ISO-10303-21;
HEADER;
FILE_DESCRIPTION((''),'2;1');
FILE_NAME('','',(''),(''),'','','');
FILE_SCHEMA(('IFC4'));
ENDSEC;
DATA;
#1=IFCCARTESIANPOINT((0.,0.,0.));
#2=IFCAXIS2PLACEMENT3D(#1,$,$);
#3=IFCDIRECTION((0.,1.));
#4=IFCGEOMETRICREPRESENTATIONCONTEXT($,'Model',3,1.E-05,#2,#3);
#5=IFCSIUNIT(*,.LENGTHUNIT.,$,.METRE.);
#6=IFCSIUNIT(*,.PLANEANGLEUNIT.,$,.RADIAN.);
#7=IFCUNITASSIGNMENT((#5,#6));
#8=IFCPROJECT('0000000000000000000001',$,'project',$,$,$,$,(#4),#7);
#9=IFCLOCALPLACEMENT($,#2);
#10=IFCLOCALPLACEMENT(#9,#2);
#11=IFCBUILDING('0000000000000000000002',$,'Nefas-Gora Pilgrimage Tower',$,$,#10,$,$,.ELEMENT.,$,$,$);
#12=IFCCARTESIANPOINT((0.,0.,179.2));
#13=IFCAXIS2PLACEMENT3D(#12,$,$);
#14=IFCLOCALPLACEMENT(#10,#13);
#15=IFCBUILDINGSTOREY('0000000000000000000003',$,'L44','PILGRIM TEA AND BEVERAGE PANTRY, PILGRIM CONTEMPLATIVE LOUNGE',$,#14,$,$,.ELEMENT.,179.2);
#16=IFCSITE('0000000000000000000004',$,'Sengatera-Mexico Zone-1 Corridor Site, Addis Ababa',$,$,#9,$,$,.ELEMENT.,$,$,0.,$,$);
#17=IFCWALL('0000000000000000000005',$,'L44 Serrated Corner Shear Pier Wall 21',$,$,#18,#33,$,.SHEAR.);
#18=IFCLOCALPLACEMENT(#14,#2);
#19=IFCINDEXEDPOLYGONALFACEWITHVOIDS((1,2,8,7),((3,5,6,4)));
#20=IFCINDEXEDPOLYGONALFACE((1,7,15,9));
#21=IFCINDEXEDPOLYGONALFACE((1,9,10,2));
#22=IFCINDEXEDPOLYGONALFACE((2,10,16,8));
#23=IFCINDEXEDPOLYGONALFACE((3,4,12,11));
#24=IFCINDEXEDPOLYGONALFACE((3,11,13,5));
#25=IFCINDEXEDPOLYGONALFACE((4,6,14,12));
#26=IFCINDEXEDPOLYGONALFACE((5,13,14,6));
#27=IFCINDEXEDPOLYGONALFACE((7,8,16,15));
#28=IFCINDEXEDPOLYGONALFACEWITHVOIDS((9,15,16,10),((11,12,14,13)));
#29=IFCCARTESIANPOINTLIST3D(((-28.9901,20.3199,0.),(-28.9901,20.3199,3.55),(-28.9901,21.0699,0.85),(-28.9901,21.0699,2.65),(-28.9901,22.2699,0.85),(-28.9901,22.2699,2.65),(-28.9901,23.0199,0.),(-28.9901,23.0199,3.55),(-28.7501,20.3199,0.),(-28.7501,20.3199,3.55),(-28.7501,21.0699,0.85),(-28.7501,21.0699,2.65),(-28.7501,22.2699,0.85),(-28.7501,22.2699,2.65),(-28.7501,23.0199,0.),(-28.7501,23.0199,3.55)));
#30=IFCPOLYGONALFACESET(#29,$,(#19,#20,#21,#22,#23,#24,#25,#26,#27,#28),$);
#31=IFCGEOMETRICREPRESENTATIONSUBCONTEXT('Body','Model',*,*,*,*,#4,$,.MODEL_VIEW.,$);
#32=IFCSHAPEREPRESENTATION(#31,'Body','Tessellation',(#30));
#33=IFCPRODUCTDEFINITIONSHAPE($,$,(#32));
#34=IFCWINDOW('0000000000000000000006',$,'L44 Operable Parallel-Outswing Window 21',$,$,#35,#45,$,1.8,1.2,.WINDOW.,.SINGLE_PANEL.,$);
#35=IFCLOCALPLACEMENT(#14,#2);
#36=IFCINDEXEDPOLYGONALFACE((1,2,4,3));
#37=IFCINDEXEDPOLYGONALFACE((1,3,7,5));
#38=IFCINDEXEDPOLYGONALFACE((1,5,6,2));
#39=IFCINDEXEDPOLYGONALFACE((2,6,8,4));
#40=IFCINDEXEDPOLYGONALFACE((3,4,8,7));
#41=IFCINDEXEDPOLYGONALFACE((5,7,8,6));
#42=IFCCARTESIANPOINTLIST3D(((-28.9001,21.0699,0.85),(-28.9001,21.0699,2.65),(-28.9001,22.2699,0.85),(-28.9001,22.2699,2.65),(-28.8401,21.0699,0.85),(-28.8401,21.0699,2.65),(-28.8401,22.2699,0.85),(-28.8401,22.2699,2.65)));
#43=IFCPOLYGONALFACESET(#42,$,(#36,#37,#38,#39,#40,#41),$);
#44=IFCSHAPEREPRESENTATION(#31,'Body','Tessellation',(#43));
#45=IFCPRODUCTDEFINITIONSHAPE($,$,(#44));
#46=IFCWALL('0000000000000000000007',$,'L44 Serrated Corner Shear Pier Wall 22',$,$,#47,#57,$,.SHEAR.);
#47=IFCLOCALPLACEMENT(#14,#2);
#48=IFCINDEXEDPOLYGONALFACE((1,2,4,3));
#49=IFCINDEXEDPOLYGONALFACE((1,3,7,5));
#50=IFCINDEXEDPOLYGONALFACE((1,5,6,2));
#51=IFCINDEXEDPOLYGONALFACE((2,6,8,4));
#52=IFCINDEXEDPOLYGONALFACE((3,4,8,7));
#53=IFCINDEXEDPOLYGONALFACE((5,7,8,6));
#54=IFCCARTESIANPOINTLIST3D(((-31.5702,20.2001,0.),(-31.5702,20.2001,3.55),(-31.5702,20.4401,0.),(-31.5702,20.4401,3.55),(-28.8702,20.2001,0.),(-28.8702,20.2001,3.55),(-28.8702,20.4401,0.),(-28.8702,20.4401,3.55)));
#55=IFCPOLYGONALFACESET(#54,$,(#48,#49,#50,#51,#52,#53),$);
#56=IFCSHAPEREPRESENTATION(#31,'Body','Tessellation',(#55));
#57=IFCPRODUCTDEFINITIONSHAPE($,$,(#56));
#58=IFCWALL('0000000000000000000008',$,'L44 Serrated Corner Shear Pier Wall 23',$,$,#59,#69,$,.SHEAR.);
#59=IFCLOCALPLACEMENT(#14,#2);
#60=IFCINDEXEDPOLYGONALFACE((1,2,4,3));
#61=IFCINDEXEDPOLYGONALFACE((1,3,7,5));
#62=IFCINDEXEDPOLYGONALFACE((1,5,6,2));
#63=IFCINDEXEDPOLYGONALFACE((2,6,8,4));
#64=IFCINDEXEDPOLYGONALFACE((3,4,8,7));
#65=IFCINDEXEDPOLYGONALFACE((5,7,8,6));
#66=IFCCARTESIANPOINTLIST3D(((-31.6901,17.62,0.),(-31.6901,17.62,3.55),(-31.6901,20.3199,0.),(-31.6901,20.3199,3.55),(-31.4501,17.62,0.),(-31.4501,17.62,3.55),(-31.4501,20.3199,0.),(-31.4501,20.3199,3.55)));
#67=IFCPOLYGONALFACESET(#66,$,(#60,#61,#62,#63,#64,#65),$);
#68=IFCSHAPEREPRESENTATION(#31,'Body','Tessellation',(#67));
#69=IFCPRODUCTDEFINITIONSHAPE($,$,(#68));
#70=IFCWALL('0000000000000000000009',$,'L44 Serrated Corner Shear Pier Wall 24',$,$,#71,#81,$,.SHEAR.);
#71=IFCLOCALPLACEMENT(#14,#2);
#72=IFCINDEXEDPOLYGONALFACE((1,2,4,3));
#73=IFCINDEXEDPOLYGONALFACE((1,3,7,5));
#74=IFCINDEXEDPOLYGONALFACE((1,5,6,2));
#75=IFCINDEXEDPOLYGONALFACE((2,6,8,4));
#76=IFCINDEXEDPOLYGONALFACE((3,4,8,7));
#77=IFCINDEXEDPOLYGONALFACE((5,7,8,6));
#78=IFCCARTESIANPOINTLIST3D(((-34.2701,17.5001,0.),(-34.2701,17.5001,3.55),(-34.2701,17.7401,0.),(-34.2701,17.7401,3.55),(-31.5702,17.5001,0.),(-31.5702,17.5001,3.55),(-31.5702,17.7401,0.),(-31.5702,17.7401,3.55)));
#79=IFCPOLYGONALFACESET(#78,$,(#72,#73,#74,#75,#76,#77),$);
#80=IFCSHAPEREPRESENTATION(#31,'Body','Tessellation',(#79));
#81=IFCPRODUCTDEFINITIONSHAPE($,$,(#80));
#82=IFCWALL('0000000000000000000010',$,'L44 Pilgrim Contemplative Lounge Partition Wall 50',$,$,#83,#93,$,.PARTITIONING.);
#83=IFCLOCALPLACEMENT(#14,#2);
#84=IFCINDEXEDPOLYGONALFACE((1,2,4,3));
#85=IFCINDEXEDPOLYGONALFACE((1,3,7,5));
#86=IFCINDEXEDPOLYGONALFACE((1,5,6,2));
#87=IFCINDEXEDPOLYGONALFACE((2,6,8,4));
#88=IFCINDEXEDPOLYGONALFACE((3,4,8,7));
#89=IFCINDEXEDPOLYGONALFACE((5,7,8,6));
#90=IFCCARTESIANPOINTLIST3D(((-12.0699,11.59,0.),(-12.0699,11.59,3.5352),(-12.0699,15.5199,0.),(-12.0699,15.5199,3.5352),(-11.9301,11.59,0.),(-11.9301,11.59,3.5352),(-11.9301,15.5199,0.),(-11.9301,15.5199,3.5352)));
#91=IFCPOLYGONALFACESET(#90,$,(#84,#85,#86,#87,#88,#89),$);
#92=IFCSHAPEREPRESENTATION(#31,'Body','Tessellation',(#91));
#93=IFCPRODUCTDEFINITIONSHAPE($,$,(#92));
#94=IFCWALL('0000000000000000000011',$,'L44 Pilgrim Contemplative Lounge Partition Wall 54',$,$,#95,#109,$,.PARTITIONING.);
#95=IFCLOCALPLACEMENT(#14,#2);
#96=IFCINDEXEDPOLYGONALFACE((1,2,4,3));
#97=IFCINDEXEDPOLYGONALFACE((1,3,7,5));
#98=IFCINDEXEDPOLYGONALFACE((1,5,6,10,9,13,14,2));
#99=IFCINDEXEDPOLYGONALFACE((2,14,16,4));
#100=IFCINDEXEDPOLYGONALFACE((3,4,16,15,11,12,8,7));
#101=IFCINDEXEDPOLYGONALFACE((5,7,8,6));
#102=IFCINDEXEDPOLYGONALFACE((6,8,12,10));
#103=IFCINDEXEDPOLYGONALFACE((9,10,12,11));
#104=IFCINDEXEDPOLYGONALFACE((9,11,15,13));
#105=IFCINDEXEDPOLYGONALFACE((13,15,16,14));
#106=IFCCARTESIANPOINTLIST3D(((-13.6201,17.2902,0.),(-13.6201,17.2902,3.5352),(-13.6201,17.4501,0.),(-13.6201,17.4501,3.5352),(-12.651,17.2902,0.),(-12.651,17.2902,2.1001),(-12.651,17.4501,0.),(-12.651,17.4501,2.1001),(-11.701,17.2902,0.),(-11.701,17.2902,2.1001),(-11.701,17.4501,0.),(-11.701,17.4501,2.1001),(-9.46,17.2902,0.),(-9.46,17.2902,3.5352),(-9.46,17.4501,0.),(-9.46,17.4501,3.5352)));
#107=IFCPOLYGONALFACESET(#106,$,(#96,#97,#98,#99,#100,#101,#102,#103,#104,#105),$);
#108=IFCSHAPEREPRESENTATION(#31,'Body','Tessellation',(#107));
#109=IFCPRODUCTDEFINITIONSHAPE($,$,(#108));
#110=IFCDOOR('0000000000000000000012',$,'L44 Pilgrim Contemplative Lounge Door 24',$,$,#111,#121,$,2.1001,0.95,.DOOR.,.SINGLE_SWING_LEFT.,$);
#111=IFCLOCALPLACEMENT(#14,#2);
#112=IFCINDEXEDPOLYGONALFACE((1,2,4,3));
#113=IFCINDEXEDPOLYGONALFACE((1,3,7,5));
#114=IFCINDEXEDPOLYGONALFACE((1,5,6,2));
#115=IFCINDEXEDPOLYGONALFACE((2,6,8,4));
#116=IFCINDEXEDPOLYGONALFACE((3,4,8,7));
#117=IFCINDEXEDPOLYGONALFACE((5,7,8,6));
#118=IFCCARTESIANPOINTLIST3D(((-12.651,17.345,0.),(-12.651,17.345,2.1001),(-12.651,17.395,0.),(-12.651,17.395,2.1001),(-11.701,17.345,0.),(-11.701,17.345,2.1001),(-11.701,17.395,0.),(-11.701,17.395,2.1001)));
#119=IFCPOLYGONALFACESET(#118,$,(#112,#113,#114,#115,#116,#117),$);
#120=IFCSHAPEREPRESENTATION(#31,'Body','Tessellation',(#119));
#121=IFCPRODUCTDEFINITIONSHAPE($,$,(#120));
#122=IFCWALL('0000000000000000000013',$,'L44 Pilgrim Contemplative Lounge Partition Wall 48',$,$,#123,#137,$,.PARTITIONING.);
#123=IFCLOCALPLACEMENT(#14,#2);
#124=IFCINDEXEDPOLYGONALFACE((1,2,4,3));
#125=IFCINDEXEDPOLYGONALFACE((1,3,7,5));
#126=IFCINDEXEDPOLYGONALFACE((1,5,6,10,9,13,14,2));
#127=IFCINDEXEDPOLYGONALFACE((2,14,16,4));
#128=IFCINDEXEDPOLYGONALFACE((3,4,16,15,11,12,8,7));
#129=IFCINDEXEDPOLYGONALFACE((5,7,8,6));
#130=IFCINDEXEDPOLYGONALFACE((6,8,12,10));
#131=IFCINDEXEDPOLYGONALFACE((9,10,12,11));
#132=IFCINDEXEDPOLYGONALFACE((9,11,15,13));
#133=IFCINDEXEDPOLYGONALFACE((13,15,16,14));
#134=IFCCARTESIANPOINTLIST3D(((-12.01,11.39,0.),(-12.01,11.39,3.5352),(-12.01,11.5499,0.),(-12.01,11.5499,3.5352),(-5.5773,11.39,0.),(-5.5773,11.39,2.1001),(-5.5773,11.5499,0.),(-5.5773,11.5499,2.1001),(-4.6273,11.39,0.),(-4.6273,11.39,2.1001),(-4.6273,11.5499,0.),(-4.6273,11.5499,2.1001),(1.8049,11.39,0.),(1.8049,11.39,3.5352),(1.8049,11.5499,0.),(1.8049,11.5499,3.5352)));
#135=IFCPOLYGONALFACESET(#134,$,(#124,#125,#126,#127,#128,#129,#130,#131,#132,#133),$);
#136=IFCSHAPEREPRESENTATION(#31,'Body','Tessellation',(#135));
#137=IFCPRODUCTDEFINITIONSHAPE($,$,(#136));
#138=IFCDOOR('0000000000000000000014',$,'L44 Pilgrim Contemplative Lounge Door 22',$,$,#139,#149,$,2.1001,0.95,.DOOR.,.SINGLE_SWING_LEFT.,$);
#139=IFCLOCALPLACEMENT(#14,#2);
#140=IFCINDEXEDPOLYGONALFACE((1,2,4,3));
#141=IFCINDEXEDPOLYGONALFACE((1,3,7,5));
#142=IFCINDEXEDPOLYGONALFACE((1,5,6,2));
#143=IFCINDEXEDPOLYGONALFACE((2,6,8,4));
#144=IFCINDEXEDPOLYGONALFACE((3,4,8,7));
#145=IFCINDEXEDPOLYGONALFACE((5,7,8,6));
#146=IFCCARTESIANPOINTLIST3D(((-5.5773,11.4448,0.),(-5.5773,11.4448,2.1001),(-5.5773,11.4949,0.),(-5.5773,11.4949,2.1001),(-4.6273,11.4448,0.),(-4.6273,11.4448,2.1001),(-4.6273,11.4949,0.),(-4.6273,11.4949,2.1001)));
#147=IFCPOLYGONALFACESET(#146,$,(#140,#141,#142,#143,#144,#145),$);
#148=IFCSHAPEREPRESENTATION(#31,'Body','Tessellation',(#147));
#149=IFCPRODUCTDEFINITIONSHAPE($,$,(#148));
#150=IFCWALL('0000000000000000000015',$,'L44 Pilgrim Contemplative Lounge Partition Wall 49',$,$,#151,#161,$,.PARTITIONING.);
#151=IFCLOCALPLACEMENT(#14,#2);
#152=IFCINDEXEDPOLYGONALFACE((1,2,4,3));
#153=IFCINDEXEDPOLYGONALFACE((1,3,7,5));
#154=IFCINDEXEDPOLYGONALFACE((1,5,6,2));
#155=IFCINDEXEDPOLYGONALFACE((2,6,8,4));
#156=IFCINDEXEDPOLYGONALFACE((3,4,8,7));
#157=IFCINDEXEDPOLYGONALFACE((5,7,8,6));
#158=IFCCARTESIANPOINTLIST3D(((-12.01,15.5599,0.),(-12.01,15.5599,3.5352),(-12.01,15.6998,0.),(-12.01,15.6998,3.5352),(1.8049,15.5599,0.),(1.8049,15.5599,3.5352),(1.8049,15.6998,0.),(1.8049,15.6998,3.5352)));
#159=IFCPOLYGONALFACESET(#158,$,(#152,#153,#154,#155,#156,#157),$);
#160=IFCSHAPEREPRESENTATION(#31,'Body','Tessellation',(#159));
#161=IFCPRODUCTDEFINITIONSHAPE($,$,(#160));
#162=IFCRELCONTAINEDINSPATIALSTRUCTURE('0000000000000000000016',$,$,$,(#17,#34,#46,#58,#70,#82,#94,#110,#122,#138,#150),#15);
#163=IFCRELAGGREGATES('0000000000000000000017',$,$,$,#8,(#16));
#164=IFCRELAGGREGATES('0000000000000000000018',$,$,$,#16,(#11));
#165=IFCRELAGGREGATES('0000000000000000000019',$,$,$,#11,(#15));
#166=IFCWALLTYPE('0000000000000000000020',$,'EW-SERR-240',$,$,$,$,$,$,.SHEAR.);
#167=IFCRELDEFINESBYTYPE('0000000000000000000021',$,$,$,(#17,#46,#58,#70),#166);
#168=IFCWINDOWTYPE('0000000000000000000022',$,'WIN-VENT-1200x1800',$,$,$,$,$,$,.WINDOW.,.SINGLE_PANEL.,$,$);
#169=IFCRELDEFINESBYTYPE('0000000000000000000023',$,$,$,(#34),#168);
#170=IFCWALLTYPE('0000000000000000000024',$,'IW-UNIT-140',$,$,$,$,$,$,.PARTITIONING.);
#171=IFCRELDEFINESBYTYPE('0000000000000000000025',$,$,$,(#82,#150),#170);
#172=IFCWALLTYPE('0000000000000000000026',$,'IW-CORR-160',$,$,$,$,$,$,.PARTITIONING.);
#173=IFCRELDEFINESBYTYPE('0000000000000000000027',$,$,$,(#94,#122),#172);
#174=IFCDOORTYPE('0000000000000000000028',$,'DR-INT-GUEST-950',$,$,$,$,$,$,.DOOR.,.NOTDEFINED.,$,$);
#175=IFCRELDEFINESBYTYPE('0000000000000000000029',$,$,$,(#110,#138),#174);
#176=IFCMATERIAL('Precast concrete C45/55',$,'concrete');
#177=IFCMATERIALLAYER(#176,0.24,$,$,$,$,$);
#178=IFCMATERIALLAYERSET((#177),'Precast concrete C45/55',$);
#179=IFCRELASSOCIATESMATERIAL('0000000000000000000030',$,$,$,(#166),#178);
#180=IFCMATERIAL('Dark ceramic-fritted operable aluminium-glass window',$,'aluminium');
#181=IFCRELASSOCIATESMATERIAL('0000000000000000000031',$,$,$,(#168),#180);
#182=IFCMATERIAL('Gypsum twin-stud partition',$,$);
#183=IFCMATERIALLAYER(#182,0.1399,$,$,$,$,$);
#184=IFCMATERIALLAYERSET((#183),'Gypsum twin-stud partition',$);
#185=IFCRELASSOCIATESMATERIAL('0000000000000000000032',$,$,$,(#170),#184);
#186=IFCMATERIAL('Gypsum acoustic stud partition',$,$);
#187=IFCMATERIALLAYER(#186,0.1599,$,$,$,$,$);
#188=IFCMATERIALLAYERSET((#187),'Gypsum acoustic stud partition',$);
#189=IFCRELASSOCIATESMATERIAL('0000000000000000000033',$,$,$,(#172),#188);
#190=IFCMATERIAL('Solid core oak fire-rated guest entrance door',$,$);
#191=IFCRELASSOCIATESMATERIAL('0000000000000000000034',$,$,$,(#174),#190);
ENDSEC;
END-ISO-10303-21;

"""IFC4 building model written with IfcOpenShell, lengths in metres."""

from ifc_helpers import new_model, si_unit, direction, frame, frame_2d, origin, place, context, subcontext, project, spatial, rectangle, extrude, source, transform, mapped, material, layer, layer_set, type_object, element, fill, save


model = new_model("IFC4")

# Units and contexts
model_context = context("Model", 3, precision=1e-05, world=origin(), true_north=direction((0.0, 1.0)))
body_context = subcontext(model_context, "Body", "Model", "MODEL_VIEW")
ifc_project = project(units=[si_unit("LENGTHUNIT", "METRE"), si_unit("PLANEANGLEUNIT", "RADIAN")], contexts=[model_context])

# Site, building, storey
site_placement = place(None, origin())
site = spatial("IfcSite", under=ifc_project, at=site_placement, Name="Sengatera-Mexico Zone-1 Corridor Site, Addis Ababa", CompositionType="ELEMENT", RefElevation=0.0)
building_placement = place(site_placement, origin())
building = spatial("IfcBuilding", under=site, at=building_placement, Name="Nefas-Gora Pilgrimage Tower", CompositionType="ELEMENT")
storey_placement = place(building_placement, frame((0.0, 0.0, 179.2)))
storey = spatial("IfcBuildingStorey", under=building, at=storey_placement, Name="L44", Description="PILGRIM TEA AND BEVERAGE PANTRY, PILGRIM CONTEMPLATIVE LOUNGE", CompositionType="ELEMENT", Elevation=179.2)

# Wall, opening, window
ifc_material_1 = material(Name="Precast concrete C45/55", Category="concrete")
ifc_layer_1 = layer(ifc_material_1, 0.24)
ifc_layer_set_1 = layer_set([ifc_layer_1], Name="Precast concrete C45/55")
wall_type_1 = type_object("IfcWallType", Name="EW-SERR-240", PredefinedType="SHEAR", material=ifc_layer_set_1)
shared_shape_1 = source(origin(), body_context, "Body", "SweptSolid", [
    extrude(rectangle(XDim=2.7, YDim=0.24, at=frame_2d((1.3501, 0.0))), origin(), (0.0, 0.0, 1.0), 3.55),
])
wall_1_placement = place(storey_placement, frame((-28.8701, 23.02, 0.0), z_axis=(0.0, 0.0, 1.0), x_axis=(0.0, -1.0, 0.0)))
wall_1 = element("IfcWall", 1, at=wall_1_placement, inside=storey, type_object=wall_type_1, Name="L44 Serrated Corner Shear Pier Wall 21", PredefinedType="SHEAR", context=body_context, shape_type="MappedRepresentation", body=[
    mapped(shared_shape_1, transform((0.0, 0.0, 0.0), x_axis=(1.0, 0.0, 0.0), y_axis=(0.0, 1.0, 0.0), z_axis=(0.0, 0.0, 1.0), scale=1.0)),
])
opening_1_placement = place(wall_1_placement, frame((0.75, 0.0, 0.8501)))
opening_1 = element("IfcOpeningElement", 2, at=opening_1_placement, cuts=wall_1, PredefinedType="OPENING", context=body_context, shape_type="SweptSolid", body=[
    extrude(rectangle(XDim=1.2, YDim=1.8, at=frame_2d((0.6001, 0.8999))), frame((0.0, 0.1299, 0.0), z_axis=(0.0, -1.0, 0.0), x_axis=(1.0, 0.0, 0.0)), (0.0, 0.0, 1.0), 0.26),
])
ifc_material_2 = material(Name="Dark ceramic-fritted operable aluminium-glass window", Category="aluminium")
window_type = type_object("IfcWindowType", Name="WIN-VENT-1200x1800", PartitioningType="SINGLE_PANEL", PredefinedType="WINDOW", material=ifc_material_2)
shared_shape_2 = source(origin(), body_context, "Body", "SweptSolid", [
    extrude(rectangle(XDim=1.2, YDim=1.8, at=frame_2d((0.6001, 0.8999))), frame((0.0, 0.03, 0.0), z_axis=(0.0, -1.0, 0.0), x_axis=(1.0, 0.0, 0.0)), (0.0, 0.0, 1.0), 0.0601),
])
window_placement = place(opening_1_placement, origin())
window = element("IfcWindow", 3, at=window_placement, inside=storey, type_object=window_type, Name="L44 Operable Parallel-Outswing Window 21", OverallHeight=1.8, OverallWidth=1.2, PartitioningType="SINGLE_PANEL", PredefinedType="WINDOW", context=body_context, shape_type="MappedRepresentation", body=[
    mapped(shared_shape_2, transform((0.0, 0.0, 0.0), x_axis=(1.0, 0.0, 0.0), y_axis=(0.0, 1.0, 0.0), z_axis=(0.0, 0.0, 1.0), scale=1.0)),
])
fill(opening_1, window)

# Walls
for number, where, z_axis, x_axis, name in (
    (4, (-28.8701, 20.3201, 0.0), (0.0, 0.0, 1.0), (-1.0, 0.0, 0.0), "L44 Serrated Corner Shear Pier Wall 22"),
    (5, (-31.5701, 20.3201, 0.0), (0.0, 0.0, 1.0), (0.0, -1.0, 0.0), "L44 Serrated Corner Shear Pier Wall 23"),
    (6, (-31.5701, 17.6201, 0.0), (0.0, 0.0, 1.0), (-1.0, 0.0, 0.0), "L44 Serrated Corner Shear Pier Wall 24"),
):
    element("IfcWall", number, at=place(storey_placement, frame(where, z_axis=z_axis, x_axis=x_axis)), inside=storey, type_object=wall_type_1, Name=name, PredefinedType="SHEAR", context=body_context, shape_type="MappedRepresentation", body=[
        mapped(shared_shape_1, transform((0.0, 0.0, 0.0), x_axis=(1.0, 0.0, 0.0), y_axis=(0.0, 1.0, 0.0), z_axis=(0.0, 0.0, 1.0), scale=1.0)),
    ])
ifc_material_3 = material(Name="Gypsum twin-stud partition")
ifc_layer_2 = layer(ifc_material_3, 0.1399)
ifc_layer_set_2 = layer_set([ifc_layer_2], Name="Gypsum twin-stud partition")
wall_type_2 = type_object("IfcWallType", Name="IW-UNIT-140", PredefinedType="PARTITIONING", material=ifc_layer_set_2)
shared_shape_3 = source(origin(), body_context, "Body", "SweptSolid", [
    extrude(rectangle(XDim=3.9299, YDim=0.1399, at=frame_2d((1.9648, 0.0))), origin(), (0.0, 0.0, 1.0), 3.5352),
])
wall_2_placement = place(storey_placement, frame((-12.0, 11.5901, 0.0), z_axis=(0.0, 0.0, 1.0), x_axis=(0.0, 1.0, 0.0)))
element("IfcWall", 7, at=wall_2_placement, inside=storey, type_object=wall_type_2, Name="L44 Pilgrim Contemplative Lounge Partition Wall 50", PredefinedType="PARTITIONING", context=body_context, shape_type="MappedRepresentation", body=[
    mapped(shared_shape_3, transform((0.0, 0.0, 0.0), x_axis=(1.0, 0.0, 0.0), y_axis=(0.0, 1.0, 0.0), z_axis=(0.0, 0.0, 1.0), scale=1.0)),
])

# Walls, openings, doors
ifc_material_4 = material(Name="Gypsum acoustic stud partition")
ifc_layer_3 = layer(ifc_material_4, 0.1599)
ifc_layer_set_3 = layer_set([ifc_layer_3], Name="Gypsum acoustic stud partition")
wall_type_3 = type_object("IfcWallType", Name="IW-CORR-160", PredefinedType="PARTITIONING", material=ifc_layer_set_3)
shared_shape_4 = source(origin(), body_context, "Body", "SweptSolid", [
    extrude(rectangle(XDim=4.1602, YDim=0.1599, at=frame_2d((2.0801, 0.0))), origin(), (0.0, 0.0, 1.0), 3.5352),
])
wall_3_placement = place(storey_placement, frame((-13.6201, 17.3701, 0.0), z_axis=(0.0, 0.0, 1.0), x_axis=(1.0, 0.0, 0.0)))
wall_3 = element("IfcWall", 8, at=wall_3_placement, inside=storey, type_object=wall_type_3, Name="L44 Pilgrim Contemplative Lounge Partition Wall 54", PredefinedType="PARTITIONING", context=body_context, shape_type="MappedRepresentation", body=[
    mapped(shared_shape_4, transform((0.0, 0.0, 0.0), x_axis=(1.0, 0.0, 0.0), y_axis=(0.0, 1.0, 0.0), z_axis=(0.0, 0.0, 1.0), scale=1.0)),
])
opening_2_placement = place(wall_3_placement, frame((0.969, 0.0, 0.0)))
opening_2 = element("IfcOpeningElement", 9, at=opening_2_placement, cuts=wall_3, PredefinedType="OPENING", context=body_context, shape_type="SweptSolid", body=[
    extrude(rectangle(XDim=0.95, YDim=2.1001, at=frame_2d((0.4751, 1.05))), frame((0.0, 0.0898, 0.0), z_axis=(0.0, -1.0, 0.0), x_axis=(1.0, 0.0, 0.0)), (0.0, 0.0, 1.0), 0.1799),
])
ifc_material_5 = material(Name="Solid core oak fire-rated guest entrance door")
door_type = type_object("IfcDoorType", Name="DR-INT-GUEST-950", OperationType="NOTDEFINED", PredefinedType="DOOR", material=ifc_material_5)
shared_shape_5 = source(origin(), body_context, "Body", "SweptSolid", [
    extrude(rectangle(XDim=0.95, YDim=2.1001, at=frame_2d((0.4751, 1.05))), frame((0.0, 0.0249, 0.0), z_axis=(0.0, -1.0, 0.0), x_axis=(1.0, 0.0, 0.0)), (0.0, 0.0, 1.0), 0.05),
])
door_1_placement = place(opening_2_placement, origin())
door_1 = element("IfcDoor", 10, at=door_1_placement, inside=storey, type_object=door_type, Name="L44 Pilgrim Contemplative Lounge Door 24", OperationType="SINGLE_SWING_LEFT", OverallHeight=2.1001, OverallWidth=0.95, PredefinedType="DOOR", context=body_context, shape_type="MappedRepresentation", body=[
    mapped(shared_shape_5, transform((0.0, 0.0, 0.0), x_axis=(1.0, 0.0, 0.0), y_axis=(0.0, 1.0, 0.0), z_axis=(0.0, 0.0, 1.0), scale=1.0)),
])
fill(opening_2, door_1)
shared_shape_6 = source(origin(), body_context, "Body", "SweptSolid", [
    extrude(rectangle(XDim=13.8149, YDim=0.1599, at=frame_2d((6.9075, 0.0))), origin(), (0.0, 0.0, 1.0), 3.5352),
])
wall_4_placement = place(storey_placement, frame((-12.01, 11.47, 0.0), z_axis=(0.0, 0.0, 1.0), x_axis=(1.0, 0.0, 0.0)))
wall_4 = element("IfcWall", 11, at=wall_4_placement, inside=storey, type_object=wall_type_3, Name="L44 Pilgrim Contemplative Lounge Partition Wall 48", PredefinedType="PARTITIONING", context=body_context, shape_type="MappedRepresentation", body=[
    mapped(shared_shape_6, transform((0.0, 0.0, 0.0), x_axis=(1.0, 0.0, 0.0), y_axis=(0.0, 1.0, 0.0), z_axis=(0.0, 0.0, 1.0), scale=1.0)),
])
opening_3_placement = place(wall_4_placement, frame((6.4326, 0.0, 0.0)))
opening_3 = element("IfcOpeningElement", 12, at=opening_3_placement, cuts=wall_4, PredefinedType="OPENING", context=body_context, shape_type="SweptSolid", body=[
    extrude(rectangle(XDim=0.95, YDim=2.1001, at=frame_2d((0.4751, 1.05))), frame((0.0, 0.0898, 0.0), z_axis=(0.0, -1.0, 0.0), x_axis=(1.0, 0.0, 0.0)), (0.0, 0.0, 1.0), 0.1799),
])
door_2_placement = place(opening_3_placement, origin())
door_2 = element("IfcDoor", 13, at=door_2_placement, inside=storey, type_object=door_type, Name="L44 Pilgrim Contemplative Lounge Door 22", OperationType="SINGLE_SWING_LEFT", OverallHeight=2.1001, OverallWidth=0.95, PredefinedType="DOOR", context=body_context, shape_type="MappedRepresentation", body=[
    mapped(shared_shape_5, transform((0.0, 0.0, 0.0), x_axis=(1.0, 0.0, 0.0), y_axis=(0.0, 1.0, 0.0), z_axis=(0.0, 0.0, 1.0), scale=1.0)),
])
fill(opening_3, door_2)

# Wall
shared_shape_7 = source(origin(), body_context, "Body", "SweptSolid", [
    extrude(rectangle(XDim=13.8149, YDim=0.1399, at=frame_2d((6.9075, 0.0))), origin(), (0.0, 0.0, 1.0), 3.5352),
])
wall_5_placement = place(storey_placement, frame((-12.01, 15.6299, 0.0), z_axis=(0.0, 0.0, 1.0), x_axis=(1.0, 0.0, 0.0)))
element("IfcWall", 14, at=wall_5_placement, inside=storey, type_object=wall_type_2, Name="L44 Pilgrim Contemplative Lounge Partition Wall 49", PredefinedType="PARTITIONING", context=body_context, shape_type="MappedRepresentation", body=[
    mapped(shared_shape_7, transform((0.0, 0.0, 0.0), x_axis=(1.0, 0.0, 0.0), y_axis=(0.0, 1.0, 0.0), z_axis=(0.0, 0.0, 1.0), scale=1.0)),
])

save(model, "model.ifc")
